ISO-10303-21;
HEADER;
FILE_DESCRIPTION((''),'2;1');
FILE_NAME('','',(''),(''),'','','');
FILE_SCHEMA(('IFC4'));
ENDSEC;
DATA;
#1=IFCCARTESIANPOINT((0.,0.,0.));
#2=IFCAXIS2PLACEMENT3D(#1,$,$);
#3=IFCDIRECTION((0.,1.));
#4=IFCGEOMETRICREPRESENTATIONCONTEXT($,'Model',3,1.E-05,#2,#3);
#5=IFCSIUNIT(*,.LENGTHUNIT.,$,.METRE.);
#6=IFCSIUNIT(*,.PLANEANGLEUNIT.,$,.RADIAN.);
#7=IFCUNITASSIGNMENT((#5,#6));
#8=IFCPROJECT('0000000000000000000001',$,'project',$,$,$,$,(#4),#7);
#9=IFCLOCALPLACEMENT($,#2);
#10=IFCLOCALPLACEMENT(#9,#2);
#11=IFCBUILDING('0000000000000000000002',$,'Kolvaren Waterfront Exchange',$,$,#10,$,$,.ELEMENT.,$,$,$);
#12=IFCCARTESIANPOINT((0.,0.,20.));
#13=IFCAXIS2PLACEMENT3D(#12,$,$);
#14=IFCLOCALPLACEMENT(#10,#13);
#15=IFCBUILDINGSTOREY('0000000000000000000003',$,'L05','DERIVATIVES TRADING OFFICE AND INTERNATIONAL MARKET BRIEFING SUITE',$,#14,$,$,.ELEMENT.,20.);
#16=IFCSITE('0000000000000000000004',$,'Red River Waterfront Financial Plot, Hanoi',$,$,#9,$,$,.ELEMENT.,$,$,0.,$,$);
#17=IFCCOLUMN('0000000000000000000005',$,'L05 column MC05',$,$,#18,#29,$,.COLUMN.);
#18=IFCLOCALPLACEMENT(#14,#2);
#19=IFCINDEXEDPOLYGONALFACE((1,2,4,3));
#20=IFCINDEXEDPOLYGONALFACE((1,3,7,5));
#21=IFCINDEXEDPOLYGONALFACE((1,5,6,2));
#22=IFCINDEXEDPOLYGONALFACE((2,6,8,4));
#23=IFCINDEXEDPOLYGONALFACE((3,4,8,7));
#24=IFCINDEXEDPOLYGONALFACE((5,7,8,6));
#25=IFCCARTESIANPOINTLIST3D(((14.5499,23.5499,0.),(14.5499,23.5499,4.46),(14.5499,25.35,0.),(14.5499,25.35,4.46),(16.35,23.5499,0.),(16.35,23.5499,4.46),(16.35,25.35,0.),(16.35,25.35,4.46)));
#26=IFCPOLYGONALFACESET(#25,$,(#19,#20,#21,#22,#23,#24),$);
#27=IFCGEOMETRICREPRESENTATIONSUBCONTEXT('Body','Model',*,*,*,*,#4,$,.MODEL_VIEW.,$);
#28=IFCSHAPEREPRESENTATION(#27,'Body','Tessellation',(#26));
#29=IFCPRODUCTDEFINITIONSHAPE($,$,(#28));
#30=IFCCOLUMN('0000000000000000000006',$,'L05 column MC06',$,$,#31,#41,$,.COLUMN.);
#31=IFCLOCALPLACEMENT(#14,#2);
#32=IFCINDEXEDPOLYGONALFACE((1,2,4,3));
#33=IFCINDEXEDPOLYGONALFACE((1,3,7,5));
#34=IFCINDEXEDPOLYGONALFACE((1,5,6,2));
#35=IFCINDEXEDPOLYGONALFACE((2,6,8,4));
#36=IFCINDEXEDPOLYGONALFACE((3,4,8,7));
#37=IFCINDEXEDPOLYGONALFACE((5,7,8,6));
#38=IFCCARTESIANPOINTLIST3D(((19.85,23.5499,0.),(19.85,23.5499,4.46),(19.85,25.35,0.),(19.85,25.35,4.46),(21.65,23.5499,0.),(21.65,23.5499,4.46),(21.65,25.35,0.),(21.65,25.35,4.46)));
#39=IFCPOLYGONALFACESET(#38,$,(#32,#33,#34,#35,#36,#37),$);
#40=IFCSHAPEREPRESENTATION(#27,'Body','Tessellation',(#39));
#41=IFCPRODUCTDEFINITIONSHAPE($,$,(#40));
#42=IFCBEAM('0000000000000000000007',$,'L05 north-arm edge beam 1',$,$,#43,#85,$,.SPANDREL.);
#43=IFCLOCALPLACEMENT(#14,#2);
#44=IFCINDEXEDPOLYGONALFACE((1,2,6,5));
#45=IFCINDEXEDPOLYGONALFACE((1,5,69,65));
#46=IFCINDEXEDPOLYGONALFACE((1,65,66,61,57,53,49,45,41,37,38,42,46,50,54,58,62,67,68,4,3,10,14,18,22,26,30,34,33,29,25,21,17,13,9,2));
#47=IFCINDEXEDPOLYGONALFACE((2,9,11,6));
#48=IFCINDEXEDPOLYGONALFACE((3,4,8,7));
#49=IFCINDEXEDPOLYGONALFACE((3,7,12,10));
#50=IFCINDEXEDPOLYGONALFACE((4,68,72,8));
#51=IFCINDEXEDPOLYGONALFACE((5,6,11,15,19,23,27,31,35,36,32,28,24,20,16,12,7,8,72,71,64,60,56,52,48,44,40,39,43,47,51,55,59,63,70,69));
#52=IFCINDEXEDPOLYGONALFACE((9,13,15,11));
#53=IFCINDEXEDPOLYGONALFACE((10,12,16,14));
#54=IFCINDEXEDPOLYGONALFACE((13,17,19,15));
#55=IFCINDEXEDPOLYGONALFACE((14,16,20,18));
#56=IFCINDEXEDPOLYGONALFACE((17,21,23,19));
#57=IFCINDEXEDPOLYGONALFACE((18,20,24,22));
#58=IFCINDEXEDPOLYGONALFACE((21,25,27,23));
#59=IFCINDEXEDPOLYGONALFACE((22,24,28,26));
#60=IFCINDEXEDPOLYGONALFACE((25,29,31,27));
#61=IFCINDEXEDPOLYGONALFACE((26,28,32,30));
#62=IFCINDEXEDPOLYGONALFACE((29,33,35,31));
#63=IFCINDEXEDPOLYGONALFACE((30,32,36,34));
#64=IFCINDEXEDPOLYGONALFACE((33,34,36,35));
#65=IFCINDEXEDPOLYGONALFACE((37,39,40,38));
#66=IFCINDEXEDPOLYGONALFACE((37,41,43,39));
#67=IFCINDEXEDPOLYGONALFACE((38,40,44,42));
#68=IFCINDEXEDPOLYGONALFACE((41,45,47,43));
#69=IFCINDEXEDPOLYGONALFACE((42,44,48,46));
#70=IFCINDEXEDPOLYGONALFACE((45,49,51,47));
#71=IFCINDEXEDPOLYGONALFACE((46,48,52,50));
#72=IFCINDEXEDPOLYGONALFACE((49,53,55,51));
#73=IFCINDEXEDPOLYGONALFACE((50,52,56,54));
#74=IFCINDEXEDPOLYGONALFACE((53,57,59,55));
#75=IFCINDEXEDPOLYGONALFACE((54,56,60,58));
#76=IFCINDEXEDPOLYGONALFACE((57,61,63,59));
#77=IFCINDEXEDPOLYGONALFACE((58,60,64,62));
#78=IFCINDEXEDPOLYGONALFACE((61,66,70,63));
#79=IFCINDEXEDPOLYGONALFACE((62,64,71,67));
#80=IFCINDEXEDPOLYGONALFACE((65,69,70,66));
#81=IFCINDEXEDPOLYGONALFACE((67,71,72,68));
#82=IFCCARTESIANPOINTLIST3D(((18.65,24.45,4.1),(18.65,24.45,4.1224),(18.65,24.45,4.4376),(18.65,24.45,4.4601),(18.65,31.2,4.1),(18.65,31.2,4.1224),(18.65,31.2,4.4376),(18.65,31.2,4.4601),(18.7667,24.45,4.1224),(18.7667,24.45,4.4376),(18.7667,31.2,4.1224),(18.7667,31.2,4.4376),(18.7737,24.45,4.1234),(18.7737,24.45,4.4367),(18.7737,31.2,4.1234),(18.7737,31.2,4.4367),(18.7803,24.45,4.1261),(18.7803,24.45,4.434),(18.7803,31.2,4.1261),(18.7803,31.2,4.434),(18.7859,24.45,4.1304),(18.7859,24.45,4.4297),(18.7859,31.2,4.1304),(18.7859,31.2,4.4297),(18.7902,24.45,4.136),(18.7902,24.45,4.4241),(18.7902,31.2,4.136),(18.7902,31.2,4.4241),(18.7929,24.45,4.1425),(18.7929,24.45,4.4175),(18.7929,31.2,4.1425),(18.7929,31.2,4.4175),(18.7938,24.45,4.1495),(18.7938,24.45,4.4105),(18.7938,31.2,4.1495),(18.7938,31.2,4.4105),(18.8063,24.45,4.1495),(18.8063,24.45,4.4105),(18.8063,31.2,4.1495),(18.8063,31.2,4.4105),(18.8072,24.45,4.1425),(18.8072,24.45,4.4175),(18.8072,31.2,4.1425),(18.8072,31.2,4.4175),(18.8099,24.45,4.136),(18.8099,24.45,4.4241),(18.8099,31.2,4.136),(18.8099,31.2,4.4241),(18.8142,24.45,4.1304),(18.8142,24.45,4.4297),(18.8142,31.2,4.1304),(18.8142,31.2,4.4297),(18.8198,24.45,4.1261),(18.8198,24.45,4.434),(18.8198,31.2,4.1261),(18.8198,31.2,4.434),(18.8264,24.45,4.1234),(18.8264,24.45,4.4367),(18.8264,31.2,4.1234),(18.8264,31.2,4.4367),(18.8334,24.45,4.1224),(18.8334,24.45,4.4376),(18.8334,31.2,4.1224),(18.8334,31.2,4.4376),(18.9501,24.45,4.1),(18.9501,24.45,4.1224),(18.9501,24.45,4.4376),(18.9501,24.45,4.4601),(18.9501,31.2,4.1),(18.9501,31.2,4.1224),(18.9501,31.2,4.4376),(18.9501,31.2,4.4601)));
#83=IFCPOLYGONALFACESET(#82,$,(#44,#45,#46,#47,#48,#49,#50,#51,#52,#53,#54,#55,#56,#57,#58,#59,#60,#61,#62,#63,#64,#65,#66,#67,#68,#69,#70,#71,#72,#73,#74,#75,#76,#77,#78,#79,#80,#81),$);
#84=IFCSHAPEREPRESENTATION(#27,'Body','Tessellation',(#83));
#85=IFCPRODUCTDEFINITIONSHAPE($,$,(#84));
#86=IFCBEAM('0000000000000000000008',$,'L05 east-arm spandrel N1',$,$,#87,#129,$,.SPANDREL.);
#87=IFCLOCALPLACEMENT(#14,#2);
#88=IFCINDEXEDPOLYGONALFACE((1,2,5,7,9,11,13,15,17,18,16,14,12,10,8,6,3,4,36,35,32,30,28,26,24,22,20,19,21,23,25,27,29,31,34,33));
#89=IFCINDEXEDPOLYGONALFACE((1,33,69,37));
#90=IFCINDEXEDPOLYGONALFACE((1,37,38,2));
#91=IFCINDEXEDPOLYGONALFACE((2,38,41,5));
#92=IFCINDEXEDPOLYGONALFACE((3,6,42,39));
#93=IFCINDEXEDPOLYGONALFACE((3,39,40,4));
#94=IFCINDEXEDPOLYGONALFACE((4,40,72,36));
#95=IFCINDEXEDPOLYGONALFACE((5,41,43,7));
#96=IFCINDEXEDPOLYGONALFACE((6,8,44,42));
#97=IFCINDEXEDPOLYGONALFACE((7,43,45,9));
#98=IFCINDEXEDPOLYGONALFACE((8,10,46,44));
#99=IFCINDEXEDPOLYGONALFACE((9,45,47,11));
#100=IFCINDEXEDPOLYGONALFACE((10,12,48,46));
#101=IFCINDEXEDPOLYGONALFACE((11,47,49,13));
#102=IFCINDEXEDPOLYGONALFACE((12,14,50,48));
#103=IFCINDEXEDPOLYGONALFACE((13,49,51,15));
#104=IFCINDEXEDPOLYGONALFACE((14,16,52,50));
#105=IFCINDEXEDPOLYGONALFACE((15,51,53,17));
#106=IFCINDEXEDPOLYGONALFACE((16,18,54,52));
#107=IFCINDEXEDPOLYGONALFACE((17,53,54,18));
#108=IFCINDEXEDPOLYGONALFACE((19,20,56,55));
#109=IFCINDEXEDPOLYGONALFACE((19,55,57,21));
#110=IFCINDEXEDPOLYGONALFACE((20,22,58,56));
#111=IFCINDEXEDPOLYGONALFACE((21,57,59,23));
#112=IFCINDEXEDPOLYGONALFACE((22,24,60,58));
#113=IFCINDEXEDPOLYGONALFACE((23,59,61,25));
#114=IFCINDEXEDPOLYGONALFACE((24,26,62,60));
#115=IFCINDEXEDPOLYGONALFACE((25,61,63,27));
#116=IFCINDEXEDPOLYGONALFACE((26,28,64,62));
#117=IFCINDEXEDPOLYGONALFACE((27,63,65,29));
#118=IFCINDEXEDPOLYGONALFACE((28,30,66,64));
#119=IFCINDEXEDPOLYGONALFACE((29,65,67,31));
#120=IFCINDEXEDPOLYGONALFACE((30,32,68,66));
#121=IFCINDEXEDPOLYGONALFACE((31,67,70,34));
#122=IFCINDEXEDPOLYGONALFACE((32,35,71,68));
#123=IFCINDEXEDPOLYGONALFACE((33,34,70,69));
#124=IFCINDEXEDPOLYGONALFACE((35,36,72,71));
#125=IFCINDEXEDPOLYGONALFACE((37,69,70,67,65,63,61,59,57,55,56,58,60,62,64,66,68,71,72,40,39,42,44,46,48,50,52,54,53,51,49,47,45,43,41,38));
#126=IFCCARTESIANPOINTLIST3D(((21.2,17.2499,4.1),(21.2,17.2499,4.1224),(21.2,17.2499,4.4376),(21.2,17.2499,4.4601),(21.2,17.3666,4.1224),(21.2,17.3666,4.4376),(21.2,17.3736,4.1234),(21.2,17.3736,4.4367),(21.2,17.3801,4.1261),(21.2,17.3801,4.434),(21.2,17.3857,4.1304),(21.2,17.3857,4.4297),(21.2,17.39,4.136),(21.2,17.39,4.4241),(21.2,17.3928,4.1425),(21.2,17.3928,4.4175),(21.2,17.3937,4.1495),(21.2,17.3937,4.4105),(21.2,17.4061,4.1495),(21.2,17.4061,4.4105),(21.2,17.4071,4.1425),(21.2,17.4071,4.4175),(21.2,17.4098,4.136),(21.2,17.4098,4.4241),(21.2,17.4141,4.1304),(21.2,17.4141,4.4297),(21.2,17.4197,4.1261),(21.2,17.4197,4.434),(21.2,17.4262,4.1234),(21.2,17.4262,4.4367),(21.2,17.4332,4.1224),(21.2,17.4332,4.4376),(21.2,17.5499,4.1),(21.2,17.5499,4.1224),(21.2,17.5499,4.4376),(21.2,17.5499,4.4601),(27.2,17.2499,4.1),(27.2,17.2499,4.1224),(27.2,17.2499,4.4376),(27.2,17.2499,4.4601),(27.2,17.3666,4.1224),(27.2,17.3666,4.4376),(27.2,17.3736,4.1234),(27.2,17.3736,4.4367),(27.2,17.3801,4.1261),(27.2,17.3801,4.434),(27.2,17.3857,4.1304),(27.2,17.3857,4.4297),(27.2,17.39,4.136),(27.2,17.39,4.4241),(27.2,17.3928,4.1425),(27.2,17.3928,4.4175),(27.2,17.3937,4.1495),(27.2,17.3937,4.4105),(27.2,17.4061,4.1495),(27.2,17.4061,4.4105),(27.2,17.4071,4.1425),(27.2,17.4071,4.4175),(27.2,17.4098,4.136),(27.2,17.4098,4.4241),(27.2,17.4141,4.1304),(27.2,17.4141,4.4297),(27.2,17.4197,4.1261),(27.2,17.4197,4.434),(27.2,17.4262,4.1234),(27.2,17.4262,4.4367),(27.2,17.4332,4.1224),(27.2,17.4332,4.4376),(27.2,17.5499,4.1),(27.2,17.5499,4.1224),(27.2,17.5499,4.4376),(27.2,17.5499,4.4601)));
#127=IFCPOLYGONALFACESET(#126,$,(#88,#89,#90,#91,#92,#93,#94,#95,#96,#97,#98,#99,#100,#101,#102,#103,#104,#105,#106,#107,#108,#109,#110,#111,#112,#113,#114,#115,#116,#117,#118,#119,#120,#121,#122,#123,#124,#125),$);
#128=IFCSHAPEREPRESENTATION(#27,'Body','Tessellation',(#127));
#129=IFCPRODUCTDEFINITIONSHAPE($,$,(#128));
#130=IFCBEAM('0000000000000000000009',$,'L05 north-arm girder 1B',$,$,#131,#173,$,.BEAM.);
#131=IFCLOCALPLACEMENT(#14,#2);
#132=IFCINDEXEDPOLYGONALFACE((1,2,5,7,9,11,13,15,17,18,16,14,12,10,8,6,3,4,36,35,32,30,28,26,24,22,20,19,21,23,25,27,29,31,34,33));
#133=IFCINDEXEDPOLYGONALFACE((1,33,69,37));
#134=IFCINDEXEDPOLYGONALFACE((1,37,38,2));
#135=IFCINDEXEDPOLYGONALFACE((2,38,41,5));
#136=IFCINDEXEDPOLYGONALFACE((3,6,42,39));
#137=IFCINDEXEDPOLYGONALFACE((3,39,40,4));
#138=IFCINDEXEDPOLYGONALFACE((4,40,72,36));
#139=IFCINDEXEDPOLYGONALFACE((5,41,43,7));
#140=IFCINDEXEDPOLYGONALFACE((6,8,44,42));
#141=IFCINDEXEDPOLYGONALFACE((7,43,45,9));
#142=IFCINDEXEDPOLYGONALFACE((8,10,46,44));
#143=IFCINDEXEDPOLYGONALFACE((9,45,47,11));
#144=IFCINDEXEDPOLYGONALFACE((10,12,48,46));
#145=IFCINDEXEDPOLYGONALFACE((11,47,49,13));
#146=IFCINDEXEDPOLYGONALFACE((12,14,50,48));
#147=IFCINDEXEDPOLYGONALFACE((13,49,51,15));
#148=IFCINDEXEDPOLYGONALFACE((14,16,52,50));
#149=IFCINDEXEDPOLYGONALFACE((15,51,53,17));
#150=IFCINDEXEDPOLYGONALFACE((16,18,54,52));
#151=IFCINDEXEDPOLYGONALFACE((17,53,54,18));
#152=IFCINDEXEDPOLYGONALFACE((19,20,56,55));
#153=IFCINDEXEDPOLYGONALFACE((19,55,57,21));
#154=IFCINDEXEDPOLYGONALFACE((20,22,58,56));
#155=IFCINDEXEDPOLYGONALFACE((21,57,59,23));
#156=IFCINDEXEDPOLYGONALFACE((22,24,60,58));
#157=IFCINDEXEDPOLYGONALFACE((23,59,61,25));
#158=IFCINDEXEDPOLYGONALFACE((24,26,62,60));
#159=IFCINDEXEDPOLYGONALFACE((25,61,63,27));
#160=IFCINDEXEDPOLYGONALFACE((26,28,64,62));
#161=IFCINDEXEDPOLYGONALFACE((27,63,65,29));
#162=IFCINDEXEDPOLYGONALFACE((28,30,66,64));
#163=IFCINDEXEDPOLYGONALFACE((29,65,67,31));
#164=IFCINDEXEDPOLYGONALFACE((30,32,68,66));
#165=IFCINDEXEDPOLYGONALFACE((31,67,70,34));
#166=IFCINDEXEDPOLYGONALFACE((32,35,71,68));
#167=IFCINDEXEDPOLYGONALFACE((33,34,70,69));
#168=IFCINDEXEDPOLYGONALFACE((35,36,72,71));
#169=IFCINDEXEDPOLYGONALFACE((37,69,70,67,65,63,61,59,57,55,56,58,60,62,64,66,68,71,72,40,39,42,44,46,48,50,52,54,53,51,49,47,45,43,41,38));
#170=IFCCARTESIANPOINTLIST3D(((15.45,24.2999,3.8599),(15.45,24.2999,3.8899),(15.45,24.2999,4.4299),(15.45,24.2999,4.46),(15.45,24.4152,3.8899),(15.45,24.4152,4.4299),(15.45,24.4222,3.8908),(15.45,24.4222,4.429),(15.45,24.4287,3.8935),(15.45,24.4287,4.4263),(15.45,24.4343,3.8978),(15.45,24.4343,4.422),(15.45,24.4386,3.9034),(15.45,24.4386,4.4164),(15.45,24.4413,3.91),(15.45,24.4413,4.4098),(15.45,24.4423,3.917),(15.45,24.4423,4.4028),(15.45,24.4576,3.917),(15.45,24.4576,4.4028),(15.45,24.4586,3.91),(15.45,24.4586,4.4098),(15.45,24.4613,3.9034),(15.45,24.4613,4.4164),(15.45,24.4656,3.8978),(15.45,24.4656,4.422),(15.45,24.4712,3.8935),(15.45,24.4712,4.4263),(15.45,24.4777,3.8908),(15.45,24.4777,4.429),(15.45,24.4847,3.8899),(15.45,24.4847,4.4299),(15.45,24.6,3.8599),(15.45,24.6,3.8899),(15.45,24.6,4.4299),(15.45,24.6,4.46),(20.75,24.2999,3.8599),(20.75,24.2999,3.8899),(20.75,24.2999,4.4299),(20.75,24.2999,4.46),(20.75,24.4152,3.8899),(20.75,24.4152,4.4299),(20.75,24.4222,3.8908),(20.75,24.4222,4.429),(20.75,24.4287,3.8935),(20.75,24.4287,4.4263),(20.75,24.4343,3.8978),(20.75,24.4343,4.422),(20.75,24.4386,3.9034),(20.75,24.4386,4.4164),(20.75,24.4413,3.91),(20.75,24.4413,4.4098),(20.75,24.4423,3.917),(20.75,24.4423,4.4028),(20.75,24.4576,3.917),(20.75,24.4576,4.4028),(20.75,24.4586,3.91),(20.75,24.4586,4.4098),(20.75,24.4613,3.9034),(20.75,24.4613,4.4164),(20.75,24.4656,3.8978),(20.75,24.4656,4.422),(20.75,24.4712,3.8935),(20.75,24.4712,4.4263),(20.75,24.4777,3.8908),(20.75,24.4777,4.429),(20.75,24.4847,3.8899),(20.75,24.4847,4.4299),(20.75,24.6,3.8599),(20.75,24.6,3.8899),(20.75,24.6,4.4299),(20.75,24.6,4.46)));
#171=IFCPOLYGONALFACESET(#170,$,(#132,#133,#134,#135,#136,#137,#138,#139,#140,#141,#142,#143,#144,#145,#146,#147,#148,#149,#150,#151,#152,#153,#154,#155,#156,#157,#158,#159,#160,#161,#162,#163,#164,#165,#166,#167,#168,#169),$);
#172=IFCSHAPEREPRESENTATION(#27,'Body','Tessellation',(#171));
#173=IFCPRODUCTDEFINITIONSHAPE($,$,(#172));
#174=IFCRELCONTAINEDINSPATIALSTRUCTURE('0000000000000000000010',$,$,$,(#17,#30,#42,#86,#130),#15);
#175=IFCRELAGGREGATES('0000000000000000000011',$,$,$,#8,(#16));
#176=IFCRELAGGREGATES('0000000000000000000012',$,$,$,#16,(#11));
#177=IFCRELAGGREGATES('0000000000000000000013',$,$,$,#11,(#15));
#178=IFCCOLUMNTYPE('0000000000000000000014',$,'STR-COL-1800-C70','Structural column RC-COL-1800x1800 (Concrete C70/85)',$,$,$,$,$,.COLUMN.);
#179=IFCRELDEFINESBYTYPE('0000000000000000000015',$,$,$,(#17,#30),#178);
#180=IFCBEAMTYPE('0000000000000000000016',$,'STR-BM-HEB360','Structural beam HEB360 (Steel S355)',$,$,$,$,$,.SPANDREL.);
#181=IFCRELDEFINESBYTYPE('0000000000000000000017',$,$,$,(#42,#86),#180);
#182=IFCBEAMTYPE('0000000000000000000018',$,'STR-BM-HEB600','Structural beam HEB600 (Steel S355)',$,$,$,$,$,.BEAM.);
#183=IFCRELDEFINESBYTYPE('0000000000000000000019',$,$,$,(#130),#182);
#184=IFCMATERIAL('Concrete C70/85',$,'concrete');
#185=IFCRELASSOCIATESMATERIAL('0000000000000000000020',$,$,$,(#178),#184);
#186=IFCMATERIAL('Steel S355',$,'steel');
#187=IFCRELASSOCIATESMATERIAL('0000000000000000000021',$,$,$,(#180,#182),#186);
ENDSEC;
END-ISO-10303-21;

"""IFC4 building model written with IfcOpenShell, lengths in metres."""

from ifc_helpers import new_model, si_unit, direction, frame, origin, origin_2d, place, context, subcontext, project, spatial, rectangle, i_section, extrude, material, material_profile, profile_set, type_object, element, save


model = new_model("IFC4")

# Units and contexts
model_context = context("Model", 3, precision=1e-05, world=origin(), true_north=direction((0.0, 1.0)))
body_context = subcontext(model_context, "Body", "Model", "MODEL_VIEW")
ifc_project = project(units=[si_unit("LENGTHUNIT", "METRE"), si_unit("PLANEANGLEUNIT", "RADIAN")], contexts=[model_context])

# Site, building, storey
site_placement = place(None, origin())
site = spatial("IfcSite", under=ifc_project, at=site_placement, Name="Red River Waterfront Financial Plot, Hanoi", CompositionType="ELEMENT", RefElevation=0.0)
building_placement = place(site_placement, origin())
building = spatial("IfcBuilding", under=site, at=building_placement, Name="Kolvaren Waterfront Exchange", CompositionType="ELEMENT")
storey_placement = place(building_placement, frame((0.0, 0.0, 20.0)))
storey = spatial("IfcBuildingStorey", under=building, at=storey_placement, Name="L05", Description="DERIVATIVES TRADING OFFICE AND INTERNATIONAL MARKET BRIEFING SUITE", CompositionType="ELEMENT", Elevation=20.0)

# Columns
ifc_material_1 = material(Name="Concrete C70/85", Category="concrete")
ifc_material_profile_1 = material_profile(ifc_material_1, rectangle(XDim=1.8, YDim=1.8, at=origin_2d()), Name="RC-COL-1800x1800")
ifc_profile_set_1 = profile_set([ifc_material_profile_1], Name="Concrete C70/85")
column_type = type_object("IfcColumnType", Name="STR-COL-1800-C70", Description="Structural column RC-COL-1800x1800 (Concrete C70/85)", PredefinedType="COLUMN", material=ifc_profile_set_1)
for number, where, z_axis, x_axis, name in (
    (1, (15.45, 24.45, 0.0), (0.0, 0.0, 1.0), (1.0, 0.0, 0.0), "L05 column MC05"),
    (2, (20.75, 24.45, 0.0), (0.0, 0.0, 1.0), (1.0, 0.0, 0.0), "L05 column MC06"),
):
    element("IfcColumn", number, at=place(storey_placement, frame(where, z_axis=z_axis, x_axis=x_axis)), inside=storey, type_object=column_type, Name=name, PredefinedType="COLUMN", context=body_context, shape_type="SweptSolid", body=[
        extrude(rectangle(XDim=1.8, YDim=1.8, at=origin_2d()), origin(), (0.0, 0.0, 1.0), 4.46),
    ])

# Beams
ifc_material_2 = material(Name="Steel S355", Category="steel")
ifc_material_profile_2 = material_profile(ifc_material_2, i_section(OverallWidth=0.3, OverallDepth=0.3601, WebThickness=0.0125, FlangeThickness=0.0225, FilletRadius=0.0271, at=origin_2d()), Name="HEB360")
ifc_profile_set_2 = profile_set([ifc_material_profile_2], Name="Steel S355")
beam_type_1 = type_object("IfcBeamType", Name="STR-BM-HEB360", Description="Structural beam HEB360 (Steel S355)", PredefinedType="SPANDREL", material=ifc_profile_set_2)
beam_1_placement = place(storey_placement, frame((18.8, 24.45, 4.28), z_axis=(0.0, 1.0, 0.0), x_axis=(-1.0, 0.0, 0.0)))
element("IfcBeam", 3, at=beam_1_placement, inside=storey, type_object=beam_type_1, Name="L05 north-arm edge beam 1", PredefinedType="SPANDREL", context=body_context, shape_type="SweptSolid", body=[
    extrude(i_section(OverallWidth=0.3, OverallDepth=0.3601, WebThickness=0.0125, FlangeThickness=0.0225, FilletRadius=0.0271, at=origin_2d()), origin(), (0.0, 0.0, 1.0), 6.75),
])
beam_2_placement = place(storey_placement, frame((21.2, 17.3999, 4.28), z_axis=(1.0, 0.0, 0.0), x_axis=(0.0, 1.0, 0.0)))
element("IfcBeam", 4, at=beam_2_placement, inside=storey, type_object=beam_type_1, Name="L05 east-arm spandrel N1", PredefinedType="SPANDREL", context=body_context, shape_type="SweptSolid", body=[
    extrude(i_section(OverallWidth=0.3, OverallDepth=0.3601, WebThickness=0.0125, FlangeThickness=0.0225, FilletRadius=0.0271, at=origin_2d()), origin(), (0.0, 0.0, 1.0), 6.0),
])
ifc_material_profile_3 = material_profile(ifc_material_2, i_section(OverallWidth=0.3, OverallDepth=0.6001, WebThickness=0.0154, FlangeThickness=0.03, FilletRadius=0.0271, at=origin_2d()), Name="HEB600")
ifc_profile_set_3 = profile_set([ifc_material_profile_3], Name="Steel S355")
beam_type_2 = type_object("IfcBeamType", Name="STR-BM-HEB600", Description="Structural beam HEB600 (Steel S355)", PredefinedType="BEAM", material=ifc_profile_set_3)
beam_3_placement = place(storey_placement, frame((15.45, 24.45, 4.1599), z_axis=(1.0, 0.0, 0.0), x_axis=(0.0, 1.0, 0.0)))
element("IfcBeam", 5, at=beam_3_placement, inside=storey, type_object=beam_type_2, Name="L05 north-arm girder 1B", PredefinedType="BEAM", context=body_context, shape_type="SweptSolid", body=[
    extrude(i_section(OverallWidth=0.3, OverallDepth=0.6001, WebThickness=0.0154, FlangeThickness=0.03, FilletRadius=0.0271, at=origin_2d()), origin(), (0.0, 0.0, 1.0), 5.3),
])

save(model, "model.ifc")
